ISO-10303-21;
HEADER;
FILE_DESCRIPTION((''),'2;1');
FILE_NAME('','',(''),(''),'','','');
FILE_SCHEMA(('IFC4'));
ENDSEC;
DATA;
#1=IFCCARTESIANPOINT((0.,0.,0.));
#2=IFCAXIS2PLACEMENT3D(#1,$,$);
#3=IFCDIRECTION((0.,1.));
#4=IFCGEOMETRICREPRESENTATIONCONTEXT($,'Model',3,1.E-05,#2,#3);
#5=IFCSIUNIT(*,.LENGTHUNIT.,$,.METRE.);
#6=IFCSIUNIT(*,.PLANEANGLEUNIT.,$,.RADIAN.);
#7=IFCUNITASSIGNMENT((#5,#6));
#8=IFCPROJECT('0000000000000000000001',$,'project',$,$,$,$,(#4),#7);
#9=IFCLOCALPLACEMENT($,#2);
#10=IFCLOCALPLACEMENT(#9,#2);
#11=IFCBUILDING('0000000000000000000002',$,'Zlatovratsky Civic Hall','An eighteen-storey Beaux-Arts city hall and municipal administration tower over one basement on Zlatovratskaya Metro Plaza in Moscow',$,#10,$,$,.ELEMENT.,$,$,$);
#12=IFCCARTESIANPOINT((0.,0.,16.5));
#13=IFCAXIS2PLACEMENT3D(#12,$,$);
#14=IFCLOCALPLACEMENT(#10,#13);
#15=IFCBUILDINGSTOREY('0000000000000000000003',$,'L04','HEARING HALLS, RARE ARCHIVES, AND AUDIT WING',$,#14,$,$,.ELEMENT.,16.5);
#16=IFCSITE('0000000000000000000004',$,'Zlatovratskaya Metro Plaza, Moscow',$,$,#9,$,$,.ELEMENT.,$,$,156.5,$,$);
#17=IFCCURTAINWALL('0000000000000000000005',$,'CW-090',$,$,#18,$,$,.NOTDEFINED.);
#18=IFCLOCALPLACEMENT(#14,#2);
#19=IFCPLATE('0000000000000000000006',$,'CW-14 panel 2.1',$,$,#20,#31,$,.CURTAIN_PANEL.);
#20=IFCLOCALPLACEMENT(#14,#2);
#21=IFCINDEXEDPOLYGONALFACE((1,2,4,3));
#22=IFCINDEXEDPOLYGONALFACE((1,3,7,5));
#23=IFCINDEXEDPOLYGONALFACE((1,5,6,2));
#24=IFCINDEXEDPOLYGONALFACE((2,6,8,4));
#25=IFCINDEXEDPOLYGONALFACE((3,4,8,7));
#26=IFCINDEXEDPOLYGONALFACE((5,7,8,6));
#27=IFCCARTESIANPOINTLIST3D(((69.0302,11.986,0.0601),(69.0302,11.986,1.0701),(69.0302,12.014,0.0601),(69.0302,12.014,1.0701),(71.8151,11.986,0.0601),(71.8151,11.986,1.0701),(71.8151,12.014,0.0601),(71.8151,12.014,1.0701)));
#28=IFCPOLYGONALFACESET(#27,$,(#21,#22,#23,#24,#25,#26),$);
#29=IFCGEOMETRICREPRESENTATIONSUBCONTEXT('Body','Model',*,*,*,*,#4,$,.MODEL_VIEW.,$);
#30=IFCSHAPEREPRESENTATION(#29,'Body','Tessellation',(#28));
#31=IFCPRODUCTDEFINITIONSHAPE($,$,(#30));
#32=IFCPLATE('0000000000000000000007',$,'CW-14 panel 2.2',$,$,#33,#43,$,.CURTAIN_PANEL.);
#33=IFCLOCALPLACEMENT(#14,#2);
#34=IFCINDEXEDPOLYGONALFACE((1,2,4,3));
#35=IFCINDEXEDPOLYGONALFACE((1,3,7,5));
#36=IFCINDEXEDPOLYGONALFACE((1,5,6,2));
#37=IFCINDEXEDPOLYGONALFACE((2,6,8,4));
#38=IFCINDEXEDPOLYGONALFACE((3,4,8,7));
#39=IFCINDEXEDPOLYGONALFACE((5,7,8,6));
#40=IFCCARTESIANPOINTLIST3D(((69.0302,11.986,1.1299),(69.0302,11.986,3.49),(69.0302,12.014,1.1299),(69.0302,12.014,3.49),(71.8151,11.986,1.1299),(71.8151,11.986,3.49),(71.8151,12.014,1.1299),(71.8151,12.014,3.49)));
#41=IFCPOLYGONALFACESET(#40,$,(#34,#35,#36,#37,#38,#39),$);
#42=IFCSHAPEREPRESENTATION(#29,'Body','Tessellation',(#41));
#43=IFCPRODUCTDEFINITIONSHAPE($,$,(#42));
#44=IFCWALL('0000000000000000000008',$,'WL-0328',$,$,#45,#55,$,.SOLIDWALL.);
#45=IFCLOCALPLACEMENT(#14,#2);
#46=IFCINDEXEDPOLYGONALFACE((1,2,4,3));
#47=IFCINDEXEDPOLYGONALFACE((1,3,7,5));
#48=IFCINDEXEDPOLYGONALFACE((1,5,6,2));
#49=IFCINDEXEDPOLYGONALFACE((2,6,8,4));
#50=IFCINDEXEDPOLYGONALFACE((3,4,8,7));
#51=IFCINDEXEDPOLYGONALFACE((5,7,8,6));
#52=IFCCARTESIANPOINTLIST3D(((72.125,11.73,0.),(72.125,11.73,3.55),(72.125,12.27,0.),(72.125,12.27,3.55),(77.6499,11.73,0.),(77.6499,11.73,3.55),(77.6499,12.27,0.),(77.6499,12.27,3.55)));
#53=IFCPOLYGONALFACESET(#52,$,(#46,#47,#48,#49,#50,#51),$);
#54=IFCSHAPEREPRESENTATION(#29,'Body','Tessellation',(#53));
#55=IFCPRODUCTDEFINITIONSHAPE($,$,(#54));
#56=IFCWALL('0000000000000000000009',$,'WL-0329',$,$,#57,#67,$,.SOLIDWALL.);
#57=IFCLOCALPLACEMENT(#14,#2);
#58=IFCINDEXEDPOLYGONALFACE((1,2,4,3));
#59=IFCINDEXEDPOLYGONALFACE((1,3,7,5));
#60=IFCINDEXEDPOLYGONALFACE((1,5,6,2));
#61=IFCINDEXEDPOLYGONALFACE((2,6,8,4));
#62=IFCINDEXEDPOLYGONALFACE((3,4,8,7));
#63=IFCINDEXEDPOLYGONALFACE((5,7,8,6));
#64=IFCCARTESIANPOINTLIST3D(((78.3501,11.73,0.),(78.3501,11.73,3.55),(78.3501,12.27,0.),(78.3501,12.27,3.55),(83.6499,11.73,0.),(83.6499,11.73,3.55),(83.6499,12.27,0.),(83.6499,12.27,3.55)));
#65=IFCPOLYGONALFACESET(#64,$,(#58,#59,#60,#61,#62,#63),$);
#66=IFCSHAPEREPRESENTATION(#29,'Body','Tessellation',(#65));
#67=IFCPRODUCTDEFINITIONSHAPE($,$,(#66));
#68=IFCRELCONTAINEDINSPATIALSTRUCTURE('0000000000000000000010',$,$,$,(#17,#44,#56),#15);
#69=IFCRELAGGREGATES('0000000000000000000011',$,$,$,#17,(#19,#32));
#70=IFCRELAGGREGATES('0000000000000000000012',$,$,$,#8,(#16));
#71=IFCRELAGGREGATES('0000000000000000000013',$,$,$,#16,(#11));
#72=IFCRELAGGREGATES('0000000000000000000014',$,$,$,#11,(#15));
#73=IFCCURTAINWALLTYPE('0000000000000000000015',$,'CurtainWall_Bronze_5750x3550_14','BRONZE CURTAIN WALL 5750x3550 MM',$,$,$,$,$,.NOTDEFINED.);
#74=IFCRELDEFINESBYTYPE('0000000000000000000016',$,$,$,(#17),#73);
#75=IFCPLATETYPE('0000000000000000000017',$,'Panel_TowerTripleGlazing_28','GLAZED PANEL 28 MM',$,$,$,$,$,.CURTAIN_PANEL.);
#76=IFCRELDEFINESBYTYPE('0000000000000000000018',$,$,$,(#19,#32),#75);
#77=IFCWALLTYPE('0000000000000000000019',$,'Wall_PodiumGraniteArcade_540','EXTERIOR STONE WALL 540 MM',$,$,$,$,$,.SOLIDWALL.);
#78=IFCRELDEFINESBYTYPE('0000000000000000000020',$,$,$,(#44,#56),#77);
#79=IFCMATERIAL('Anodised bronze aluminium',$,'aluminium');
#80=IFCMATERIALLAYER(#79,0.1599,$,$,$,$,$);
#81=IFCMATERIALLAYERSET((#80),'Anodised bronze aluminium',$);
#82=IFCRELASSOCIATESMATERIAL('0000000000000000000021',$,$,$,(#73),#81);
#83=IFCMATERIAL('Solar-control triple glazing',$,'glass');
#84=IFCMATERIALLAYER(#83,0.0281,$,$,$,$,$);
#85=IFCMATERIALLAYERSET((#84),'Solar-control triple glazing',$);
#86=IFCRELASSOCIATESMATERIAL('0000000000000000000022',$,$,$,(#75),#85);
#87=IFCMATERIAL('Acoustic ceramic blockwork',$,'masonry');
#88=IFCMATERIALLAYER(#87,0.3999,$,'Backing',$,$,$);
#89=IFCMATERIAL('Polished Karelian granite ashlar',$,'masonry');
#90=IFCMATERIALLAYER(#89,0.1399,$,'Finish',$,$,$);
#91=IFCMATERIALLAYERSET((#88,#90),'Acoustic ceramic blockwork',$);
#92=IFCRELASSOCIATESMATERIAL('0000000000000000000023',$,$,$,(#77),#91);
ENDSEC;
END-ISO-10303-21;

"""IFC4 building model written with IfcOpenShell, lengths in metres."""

from ifc_helpers import new_model, si_unit, direction, frame, frame_2d, origin, origin_2d, place, context, subcontext, project, spatial, rectangle, extrude, material, layer, layer_set, type_object, element, aggregate, save


model = new_model("IFC4")

# Units and contexts
model_context = context("Model", 3, precision=1e-05, world=origin(), true_north=direction((0.0, 1.0)))
body_context = subcontext(model_context, "Body", "Model", "MODEL_VIEW")
ifc_project = project(units=[si_unit("LENGTHUNIT", "METRE"), si_unit("PLANEANGLEUNIT", "RADIAN")], contexts=[model_context])

# Site, building, storey
site_placement = place(None, origin())
site = spatial("IfcSite", under=ifc_project, at=site_placement, Name="Zlatovratskaya Metro Plaza, Moscow", CompositionType="ELEMENT", RefElevation=156.5)
building_placement = place(site_placement, origin())
building = spatial("IfcBuilding", under=site, at=building_placement, Name="Zlatovratsky Civic Hall", Description="An eighteen-storey Beaux-Arts city hall and municipal administration tower over one basement on Zlatovratskaya Metro Plaza in Moscow", CompositionType="ELEMENT")
storey_placement = place(building_placement, frame((0.0, 0.0, 16.5)))
storey = spatial("IfcBuildingStorey", under=building, at=storey_placement, Name="L04", Description="HEARING HALLS, RARE ARCHIVES, AND AUDIT WING", CompositionType="ELEMENT", Elevation=16.5)

# Curtain wall, plates
ifc_material_1 = material(Name="Anodised bronze aluminium", Category="aluminium")
ifc_layer_1 = layer(ifc_material_1, 0.1599)
ifc_layer_set_1 = layer_set([ifc_layer_1], Name="Anodised bronze aluminium")
curtain_wall_type = type_object("IfcCurtainWallType", Name="CurtainWall_Bronze_5750x3550_14", Description="BRONZE CURTAIN WALL 5750x3550 MM", PredefinedType="NOTDEFINED", material=ifc_layer_set_1)
curtain_wall_placement = place(storey_placement, origin())
curtain_wall = element("IfcCurtainWall", 1, at=curtain_wall_placement, inside=storey, type_object=curtain_wall_type, Name="CW-090", PredefinedType="NOTDEFINED")
ifc_material_2 = material(Name="Solar-control triple glazing", Category="glass")
ifc_layer_2 = layer(ifc_material_2, 0.0281)
ifc_layer_set_2 = layer_set([ifc_layer_2], Name="Solar-control triple glazing")
plate_type = type_object("IfcPlateType", Name="Panel_TowerTripleGlazing_28", Description="GLAZED PANEL 28 MM", PredefinedType="CURTAIN_PANEL", material=ifc_layer_set_2)
plate_1_placement = place(storey_placement, frame((70.4226, 12.0, 0.0601), z_axis=(0.0, 0.0, 1.0), x_axis=(1.0, 0.0, 0.0)))
plate_1 = element("IfcPlate", 2, at=plate_1_placement, type_object=plate_type, Name="CW-14 panel 2.1", PredefinedType="CURTAIN_PANEL", context=body_context, shape_type="SweptSolid", body=[
    extrude(rectangle(XDim=2.7849, YDim=0.0281, at=origin_2d()), origin(), (0.0, 0.0, 1.0), 1.01),
])
plate_2_placement = place(storey_placement, frame((70.4226, 12.0, 1.1299), z_axis=(0.0, 0.0, 1.0), x_axis=(1.0, 0.0, 0.0)))
plate_2 = element("IfcPlate", 3, at=plate_2_placement, type_object=plate_type, Name="CW-14 panel 2.2", PredefinedType="CURTAIN_PANEL", context=body_context, shape_type="SweptSolid", body=[
    extrude(rectangle(XDim=2.7849, YDim=0.0281, at=origin_2d()), origin(), (0.0, 0.0, 1.0), 2.3601),
])
aggregate(curtain_wall, [plate_1, plate_2])

# Walls
ifc_material_3 = material(Name="Acoustic ceramic blockwork", Category="masonry")
ifc_layer_3 = layer(ifc_material_3, 0.3999, Name="Backing")
ifc_material_4 = material(Name="Polished Karelian granite ashlar", Category="masonry")
ifc_layer_4 = layer(ifc_material_4, 0.1399, Name="Finish")
ifc_layer_set_3 = layer_set([ifc_layer_3, ifc_layer_4], Name="Acoustic ceramic blockwork")
wall_type = type_object("IfcWallType", Name="Wall_PodiumGraniteArcade_540", Description="EXTERIOR STONE WALL 540 MM", PredefinedType="SOLIDWALL", material=ifc_layer_set_3)
wall_1_placement = place(storey_placement, frame((72.125, 12.0, 0.0), z_axis=(0.0, 0.0, 1.0), x_axis=(1.0, 0.0, 0.0)))
element("IfcWall", 4, at=wall_1_placement, inside=storey, type_object=wall_type, Name="WL-0328", PredefinedType="SOLIDWALL", context=body_context, shape_type="SweptSolid", body=[
    extrude(rectangle(XDim=5.5249, YDim=0.54, at=frame_2d((2.7625, 0.0))), origin(), (0.0, 0.0, 1.0), 3.55),
])
wall_2_placement = place(storey_placement, frame((78.3501, 12.0, 0.0), z_axis=(0.0, 0.0, 1.0), x_axis=(1.0, 0.0, 0.0)))
element("IfcWall", 5, at=wall_2_placement, inside=storey, type_object=wall_type, Name="WL-0329", PredefinedType="SOLIDWALL", context=body_context, shape_type="SweptSolid", body=[
    extrude(rectangle(XDim=5.2998, YDim=0.54, at=frame_2d((2.6499, 0.0))), origin(), (0.0, 0.0, 1.0), 3.55),
])

save(model, "model.ifc")
